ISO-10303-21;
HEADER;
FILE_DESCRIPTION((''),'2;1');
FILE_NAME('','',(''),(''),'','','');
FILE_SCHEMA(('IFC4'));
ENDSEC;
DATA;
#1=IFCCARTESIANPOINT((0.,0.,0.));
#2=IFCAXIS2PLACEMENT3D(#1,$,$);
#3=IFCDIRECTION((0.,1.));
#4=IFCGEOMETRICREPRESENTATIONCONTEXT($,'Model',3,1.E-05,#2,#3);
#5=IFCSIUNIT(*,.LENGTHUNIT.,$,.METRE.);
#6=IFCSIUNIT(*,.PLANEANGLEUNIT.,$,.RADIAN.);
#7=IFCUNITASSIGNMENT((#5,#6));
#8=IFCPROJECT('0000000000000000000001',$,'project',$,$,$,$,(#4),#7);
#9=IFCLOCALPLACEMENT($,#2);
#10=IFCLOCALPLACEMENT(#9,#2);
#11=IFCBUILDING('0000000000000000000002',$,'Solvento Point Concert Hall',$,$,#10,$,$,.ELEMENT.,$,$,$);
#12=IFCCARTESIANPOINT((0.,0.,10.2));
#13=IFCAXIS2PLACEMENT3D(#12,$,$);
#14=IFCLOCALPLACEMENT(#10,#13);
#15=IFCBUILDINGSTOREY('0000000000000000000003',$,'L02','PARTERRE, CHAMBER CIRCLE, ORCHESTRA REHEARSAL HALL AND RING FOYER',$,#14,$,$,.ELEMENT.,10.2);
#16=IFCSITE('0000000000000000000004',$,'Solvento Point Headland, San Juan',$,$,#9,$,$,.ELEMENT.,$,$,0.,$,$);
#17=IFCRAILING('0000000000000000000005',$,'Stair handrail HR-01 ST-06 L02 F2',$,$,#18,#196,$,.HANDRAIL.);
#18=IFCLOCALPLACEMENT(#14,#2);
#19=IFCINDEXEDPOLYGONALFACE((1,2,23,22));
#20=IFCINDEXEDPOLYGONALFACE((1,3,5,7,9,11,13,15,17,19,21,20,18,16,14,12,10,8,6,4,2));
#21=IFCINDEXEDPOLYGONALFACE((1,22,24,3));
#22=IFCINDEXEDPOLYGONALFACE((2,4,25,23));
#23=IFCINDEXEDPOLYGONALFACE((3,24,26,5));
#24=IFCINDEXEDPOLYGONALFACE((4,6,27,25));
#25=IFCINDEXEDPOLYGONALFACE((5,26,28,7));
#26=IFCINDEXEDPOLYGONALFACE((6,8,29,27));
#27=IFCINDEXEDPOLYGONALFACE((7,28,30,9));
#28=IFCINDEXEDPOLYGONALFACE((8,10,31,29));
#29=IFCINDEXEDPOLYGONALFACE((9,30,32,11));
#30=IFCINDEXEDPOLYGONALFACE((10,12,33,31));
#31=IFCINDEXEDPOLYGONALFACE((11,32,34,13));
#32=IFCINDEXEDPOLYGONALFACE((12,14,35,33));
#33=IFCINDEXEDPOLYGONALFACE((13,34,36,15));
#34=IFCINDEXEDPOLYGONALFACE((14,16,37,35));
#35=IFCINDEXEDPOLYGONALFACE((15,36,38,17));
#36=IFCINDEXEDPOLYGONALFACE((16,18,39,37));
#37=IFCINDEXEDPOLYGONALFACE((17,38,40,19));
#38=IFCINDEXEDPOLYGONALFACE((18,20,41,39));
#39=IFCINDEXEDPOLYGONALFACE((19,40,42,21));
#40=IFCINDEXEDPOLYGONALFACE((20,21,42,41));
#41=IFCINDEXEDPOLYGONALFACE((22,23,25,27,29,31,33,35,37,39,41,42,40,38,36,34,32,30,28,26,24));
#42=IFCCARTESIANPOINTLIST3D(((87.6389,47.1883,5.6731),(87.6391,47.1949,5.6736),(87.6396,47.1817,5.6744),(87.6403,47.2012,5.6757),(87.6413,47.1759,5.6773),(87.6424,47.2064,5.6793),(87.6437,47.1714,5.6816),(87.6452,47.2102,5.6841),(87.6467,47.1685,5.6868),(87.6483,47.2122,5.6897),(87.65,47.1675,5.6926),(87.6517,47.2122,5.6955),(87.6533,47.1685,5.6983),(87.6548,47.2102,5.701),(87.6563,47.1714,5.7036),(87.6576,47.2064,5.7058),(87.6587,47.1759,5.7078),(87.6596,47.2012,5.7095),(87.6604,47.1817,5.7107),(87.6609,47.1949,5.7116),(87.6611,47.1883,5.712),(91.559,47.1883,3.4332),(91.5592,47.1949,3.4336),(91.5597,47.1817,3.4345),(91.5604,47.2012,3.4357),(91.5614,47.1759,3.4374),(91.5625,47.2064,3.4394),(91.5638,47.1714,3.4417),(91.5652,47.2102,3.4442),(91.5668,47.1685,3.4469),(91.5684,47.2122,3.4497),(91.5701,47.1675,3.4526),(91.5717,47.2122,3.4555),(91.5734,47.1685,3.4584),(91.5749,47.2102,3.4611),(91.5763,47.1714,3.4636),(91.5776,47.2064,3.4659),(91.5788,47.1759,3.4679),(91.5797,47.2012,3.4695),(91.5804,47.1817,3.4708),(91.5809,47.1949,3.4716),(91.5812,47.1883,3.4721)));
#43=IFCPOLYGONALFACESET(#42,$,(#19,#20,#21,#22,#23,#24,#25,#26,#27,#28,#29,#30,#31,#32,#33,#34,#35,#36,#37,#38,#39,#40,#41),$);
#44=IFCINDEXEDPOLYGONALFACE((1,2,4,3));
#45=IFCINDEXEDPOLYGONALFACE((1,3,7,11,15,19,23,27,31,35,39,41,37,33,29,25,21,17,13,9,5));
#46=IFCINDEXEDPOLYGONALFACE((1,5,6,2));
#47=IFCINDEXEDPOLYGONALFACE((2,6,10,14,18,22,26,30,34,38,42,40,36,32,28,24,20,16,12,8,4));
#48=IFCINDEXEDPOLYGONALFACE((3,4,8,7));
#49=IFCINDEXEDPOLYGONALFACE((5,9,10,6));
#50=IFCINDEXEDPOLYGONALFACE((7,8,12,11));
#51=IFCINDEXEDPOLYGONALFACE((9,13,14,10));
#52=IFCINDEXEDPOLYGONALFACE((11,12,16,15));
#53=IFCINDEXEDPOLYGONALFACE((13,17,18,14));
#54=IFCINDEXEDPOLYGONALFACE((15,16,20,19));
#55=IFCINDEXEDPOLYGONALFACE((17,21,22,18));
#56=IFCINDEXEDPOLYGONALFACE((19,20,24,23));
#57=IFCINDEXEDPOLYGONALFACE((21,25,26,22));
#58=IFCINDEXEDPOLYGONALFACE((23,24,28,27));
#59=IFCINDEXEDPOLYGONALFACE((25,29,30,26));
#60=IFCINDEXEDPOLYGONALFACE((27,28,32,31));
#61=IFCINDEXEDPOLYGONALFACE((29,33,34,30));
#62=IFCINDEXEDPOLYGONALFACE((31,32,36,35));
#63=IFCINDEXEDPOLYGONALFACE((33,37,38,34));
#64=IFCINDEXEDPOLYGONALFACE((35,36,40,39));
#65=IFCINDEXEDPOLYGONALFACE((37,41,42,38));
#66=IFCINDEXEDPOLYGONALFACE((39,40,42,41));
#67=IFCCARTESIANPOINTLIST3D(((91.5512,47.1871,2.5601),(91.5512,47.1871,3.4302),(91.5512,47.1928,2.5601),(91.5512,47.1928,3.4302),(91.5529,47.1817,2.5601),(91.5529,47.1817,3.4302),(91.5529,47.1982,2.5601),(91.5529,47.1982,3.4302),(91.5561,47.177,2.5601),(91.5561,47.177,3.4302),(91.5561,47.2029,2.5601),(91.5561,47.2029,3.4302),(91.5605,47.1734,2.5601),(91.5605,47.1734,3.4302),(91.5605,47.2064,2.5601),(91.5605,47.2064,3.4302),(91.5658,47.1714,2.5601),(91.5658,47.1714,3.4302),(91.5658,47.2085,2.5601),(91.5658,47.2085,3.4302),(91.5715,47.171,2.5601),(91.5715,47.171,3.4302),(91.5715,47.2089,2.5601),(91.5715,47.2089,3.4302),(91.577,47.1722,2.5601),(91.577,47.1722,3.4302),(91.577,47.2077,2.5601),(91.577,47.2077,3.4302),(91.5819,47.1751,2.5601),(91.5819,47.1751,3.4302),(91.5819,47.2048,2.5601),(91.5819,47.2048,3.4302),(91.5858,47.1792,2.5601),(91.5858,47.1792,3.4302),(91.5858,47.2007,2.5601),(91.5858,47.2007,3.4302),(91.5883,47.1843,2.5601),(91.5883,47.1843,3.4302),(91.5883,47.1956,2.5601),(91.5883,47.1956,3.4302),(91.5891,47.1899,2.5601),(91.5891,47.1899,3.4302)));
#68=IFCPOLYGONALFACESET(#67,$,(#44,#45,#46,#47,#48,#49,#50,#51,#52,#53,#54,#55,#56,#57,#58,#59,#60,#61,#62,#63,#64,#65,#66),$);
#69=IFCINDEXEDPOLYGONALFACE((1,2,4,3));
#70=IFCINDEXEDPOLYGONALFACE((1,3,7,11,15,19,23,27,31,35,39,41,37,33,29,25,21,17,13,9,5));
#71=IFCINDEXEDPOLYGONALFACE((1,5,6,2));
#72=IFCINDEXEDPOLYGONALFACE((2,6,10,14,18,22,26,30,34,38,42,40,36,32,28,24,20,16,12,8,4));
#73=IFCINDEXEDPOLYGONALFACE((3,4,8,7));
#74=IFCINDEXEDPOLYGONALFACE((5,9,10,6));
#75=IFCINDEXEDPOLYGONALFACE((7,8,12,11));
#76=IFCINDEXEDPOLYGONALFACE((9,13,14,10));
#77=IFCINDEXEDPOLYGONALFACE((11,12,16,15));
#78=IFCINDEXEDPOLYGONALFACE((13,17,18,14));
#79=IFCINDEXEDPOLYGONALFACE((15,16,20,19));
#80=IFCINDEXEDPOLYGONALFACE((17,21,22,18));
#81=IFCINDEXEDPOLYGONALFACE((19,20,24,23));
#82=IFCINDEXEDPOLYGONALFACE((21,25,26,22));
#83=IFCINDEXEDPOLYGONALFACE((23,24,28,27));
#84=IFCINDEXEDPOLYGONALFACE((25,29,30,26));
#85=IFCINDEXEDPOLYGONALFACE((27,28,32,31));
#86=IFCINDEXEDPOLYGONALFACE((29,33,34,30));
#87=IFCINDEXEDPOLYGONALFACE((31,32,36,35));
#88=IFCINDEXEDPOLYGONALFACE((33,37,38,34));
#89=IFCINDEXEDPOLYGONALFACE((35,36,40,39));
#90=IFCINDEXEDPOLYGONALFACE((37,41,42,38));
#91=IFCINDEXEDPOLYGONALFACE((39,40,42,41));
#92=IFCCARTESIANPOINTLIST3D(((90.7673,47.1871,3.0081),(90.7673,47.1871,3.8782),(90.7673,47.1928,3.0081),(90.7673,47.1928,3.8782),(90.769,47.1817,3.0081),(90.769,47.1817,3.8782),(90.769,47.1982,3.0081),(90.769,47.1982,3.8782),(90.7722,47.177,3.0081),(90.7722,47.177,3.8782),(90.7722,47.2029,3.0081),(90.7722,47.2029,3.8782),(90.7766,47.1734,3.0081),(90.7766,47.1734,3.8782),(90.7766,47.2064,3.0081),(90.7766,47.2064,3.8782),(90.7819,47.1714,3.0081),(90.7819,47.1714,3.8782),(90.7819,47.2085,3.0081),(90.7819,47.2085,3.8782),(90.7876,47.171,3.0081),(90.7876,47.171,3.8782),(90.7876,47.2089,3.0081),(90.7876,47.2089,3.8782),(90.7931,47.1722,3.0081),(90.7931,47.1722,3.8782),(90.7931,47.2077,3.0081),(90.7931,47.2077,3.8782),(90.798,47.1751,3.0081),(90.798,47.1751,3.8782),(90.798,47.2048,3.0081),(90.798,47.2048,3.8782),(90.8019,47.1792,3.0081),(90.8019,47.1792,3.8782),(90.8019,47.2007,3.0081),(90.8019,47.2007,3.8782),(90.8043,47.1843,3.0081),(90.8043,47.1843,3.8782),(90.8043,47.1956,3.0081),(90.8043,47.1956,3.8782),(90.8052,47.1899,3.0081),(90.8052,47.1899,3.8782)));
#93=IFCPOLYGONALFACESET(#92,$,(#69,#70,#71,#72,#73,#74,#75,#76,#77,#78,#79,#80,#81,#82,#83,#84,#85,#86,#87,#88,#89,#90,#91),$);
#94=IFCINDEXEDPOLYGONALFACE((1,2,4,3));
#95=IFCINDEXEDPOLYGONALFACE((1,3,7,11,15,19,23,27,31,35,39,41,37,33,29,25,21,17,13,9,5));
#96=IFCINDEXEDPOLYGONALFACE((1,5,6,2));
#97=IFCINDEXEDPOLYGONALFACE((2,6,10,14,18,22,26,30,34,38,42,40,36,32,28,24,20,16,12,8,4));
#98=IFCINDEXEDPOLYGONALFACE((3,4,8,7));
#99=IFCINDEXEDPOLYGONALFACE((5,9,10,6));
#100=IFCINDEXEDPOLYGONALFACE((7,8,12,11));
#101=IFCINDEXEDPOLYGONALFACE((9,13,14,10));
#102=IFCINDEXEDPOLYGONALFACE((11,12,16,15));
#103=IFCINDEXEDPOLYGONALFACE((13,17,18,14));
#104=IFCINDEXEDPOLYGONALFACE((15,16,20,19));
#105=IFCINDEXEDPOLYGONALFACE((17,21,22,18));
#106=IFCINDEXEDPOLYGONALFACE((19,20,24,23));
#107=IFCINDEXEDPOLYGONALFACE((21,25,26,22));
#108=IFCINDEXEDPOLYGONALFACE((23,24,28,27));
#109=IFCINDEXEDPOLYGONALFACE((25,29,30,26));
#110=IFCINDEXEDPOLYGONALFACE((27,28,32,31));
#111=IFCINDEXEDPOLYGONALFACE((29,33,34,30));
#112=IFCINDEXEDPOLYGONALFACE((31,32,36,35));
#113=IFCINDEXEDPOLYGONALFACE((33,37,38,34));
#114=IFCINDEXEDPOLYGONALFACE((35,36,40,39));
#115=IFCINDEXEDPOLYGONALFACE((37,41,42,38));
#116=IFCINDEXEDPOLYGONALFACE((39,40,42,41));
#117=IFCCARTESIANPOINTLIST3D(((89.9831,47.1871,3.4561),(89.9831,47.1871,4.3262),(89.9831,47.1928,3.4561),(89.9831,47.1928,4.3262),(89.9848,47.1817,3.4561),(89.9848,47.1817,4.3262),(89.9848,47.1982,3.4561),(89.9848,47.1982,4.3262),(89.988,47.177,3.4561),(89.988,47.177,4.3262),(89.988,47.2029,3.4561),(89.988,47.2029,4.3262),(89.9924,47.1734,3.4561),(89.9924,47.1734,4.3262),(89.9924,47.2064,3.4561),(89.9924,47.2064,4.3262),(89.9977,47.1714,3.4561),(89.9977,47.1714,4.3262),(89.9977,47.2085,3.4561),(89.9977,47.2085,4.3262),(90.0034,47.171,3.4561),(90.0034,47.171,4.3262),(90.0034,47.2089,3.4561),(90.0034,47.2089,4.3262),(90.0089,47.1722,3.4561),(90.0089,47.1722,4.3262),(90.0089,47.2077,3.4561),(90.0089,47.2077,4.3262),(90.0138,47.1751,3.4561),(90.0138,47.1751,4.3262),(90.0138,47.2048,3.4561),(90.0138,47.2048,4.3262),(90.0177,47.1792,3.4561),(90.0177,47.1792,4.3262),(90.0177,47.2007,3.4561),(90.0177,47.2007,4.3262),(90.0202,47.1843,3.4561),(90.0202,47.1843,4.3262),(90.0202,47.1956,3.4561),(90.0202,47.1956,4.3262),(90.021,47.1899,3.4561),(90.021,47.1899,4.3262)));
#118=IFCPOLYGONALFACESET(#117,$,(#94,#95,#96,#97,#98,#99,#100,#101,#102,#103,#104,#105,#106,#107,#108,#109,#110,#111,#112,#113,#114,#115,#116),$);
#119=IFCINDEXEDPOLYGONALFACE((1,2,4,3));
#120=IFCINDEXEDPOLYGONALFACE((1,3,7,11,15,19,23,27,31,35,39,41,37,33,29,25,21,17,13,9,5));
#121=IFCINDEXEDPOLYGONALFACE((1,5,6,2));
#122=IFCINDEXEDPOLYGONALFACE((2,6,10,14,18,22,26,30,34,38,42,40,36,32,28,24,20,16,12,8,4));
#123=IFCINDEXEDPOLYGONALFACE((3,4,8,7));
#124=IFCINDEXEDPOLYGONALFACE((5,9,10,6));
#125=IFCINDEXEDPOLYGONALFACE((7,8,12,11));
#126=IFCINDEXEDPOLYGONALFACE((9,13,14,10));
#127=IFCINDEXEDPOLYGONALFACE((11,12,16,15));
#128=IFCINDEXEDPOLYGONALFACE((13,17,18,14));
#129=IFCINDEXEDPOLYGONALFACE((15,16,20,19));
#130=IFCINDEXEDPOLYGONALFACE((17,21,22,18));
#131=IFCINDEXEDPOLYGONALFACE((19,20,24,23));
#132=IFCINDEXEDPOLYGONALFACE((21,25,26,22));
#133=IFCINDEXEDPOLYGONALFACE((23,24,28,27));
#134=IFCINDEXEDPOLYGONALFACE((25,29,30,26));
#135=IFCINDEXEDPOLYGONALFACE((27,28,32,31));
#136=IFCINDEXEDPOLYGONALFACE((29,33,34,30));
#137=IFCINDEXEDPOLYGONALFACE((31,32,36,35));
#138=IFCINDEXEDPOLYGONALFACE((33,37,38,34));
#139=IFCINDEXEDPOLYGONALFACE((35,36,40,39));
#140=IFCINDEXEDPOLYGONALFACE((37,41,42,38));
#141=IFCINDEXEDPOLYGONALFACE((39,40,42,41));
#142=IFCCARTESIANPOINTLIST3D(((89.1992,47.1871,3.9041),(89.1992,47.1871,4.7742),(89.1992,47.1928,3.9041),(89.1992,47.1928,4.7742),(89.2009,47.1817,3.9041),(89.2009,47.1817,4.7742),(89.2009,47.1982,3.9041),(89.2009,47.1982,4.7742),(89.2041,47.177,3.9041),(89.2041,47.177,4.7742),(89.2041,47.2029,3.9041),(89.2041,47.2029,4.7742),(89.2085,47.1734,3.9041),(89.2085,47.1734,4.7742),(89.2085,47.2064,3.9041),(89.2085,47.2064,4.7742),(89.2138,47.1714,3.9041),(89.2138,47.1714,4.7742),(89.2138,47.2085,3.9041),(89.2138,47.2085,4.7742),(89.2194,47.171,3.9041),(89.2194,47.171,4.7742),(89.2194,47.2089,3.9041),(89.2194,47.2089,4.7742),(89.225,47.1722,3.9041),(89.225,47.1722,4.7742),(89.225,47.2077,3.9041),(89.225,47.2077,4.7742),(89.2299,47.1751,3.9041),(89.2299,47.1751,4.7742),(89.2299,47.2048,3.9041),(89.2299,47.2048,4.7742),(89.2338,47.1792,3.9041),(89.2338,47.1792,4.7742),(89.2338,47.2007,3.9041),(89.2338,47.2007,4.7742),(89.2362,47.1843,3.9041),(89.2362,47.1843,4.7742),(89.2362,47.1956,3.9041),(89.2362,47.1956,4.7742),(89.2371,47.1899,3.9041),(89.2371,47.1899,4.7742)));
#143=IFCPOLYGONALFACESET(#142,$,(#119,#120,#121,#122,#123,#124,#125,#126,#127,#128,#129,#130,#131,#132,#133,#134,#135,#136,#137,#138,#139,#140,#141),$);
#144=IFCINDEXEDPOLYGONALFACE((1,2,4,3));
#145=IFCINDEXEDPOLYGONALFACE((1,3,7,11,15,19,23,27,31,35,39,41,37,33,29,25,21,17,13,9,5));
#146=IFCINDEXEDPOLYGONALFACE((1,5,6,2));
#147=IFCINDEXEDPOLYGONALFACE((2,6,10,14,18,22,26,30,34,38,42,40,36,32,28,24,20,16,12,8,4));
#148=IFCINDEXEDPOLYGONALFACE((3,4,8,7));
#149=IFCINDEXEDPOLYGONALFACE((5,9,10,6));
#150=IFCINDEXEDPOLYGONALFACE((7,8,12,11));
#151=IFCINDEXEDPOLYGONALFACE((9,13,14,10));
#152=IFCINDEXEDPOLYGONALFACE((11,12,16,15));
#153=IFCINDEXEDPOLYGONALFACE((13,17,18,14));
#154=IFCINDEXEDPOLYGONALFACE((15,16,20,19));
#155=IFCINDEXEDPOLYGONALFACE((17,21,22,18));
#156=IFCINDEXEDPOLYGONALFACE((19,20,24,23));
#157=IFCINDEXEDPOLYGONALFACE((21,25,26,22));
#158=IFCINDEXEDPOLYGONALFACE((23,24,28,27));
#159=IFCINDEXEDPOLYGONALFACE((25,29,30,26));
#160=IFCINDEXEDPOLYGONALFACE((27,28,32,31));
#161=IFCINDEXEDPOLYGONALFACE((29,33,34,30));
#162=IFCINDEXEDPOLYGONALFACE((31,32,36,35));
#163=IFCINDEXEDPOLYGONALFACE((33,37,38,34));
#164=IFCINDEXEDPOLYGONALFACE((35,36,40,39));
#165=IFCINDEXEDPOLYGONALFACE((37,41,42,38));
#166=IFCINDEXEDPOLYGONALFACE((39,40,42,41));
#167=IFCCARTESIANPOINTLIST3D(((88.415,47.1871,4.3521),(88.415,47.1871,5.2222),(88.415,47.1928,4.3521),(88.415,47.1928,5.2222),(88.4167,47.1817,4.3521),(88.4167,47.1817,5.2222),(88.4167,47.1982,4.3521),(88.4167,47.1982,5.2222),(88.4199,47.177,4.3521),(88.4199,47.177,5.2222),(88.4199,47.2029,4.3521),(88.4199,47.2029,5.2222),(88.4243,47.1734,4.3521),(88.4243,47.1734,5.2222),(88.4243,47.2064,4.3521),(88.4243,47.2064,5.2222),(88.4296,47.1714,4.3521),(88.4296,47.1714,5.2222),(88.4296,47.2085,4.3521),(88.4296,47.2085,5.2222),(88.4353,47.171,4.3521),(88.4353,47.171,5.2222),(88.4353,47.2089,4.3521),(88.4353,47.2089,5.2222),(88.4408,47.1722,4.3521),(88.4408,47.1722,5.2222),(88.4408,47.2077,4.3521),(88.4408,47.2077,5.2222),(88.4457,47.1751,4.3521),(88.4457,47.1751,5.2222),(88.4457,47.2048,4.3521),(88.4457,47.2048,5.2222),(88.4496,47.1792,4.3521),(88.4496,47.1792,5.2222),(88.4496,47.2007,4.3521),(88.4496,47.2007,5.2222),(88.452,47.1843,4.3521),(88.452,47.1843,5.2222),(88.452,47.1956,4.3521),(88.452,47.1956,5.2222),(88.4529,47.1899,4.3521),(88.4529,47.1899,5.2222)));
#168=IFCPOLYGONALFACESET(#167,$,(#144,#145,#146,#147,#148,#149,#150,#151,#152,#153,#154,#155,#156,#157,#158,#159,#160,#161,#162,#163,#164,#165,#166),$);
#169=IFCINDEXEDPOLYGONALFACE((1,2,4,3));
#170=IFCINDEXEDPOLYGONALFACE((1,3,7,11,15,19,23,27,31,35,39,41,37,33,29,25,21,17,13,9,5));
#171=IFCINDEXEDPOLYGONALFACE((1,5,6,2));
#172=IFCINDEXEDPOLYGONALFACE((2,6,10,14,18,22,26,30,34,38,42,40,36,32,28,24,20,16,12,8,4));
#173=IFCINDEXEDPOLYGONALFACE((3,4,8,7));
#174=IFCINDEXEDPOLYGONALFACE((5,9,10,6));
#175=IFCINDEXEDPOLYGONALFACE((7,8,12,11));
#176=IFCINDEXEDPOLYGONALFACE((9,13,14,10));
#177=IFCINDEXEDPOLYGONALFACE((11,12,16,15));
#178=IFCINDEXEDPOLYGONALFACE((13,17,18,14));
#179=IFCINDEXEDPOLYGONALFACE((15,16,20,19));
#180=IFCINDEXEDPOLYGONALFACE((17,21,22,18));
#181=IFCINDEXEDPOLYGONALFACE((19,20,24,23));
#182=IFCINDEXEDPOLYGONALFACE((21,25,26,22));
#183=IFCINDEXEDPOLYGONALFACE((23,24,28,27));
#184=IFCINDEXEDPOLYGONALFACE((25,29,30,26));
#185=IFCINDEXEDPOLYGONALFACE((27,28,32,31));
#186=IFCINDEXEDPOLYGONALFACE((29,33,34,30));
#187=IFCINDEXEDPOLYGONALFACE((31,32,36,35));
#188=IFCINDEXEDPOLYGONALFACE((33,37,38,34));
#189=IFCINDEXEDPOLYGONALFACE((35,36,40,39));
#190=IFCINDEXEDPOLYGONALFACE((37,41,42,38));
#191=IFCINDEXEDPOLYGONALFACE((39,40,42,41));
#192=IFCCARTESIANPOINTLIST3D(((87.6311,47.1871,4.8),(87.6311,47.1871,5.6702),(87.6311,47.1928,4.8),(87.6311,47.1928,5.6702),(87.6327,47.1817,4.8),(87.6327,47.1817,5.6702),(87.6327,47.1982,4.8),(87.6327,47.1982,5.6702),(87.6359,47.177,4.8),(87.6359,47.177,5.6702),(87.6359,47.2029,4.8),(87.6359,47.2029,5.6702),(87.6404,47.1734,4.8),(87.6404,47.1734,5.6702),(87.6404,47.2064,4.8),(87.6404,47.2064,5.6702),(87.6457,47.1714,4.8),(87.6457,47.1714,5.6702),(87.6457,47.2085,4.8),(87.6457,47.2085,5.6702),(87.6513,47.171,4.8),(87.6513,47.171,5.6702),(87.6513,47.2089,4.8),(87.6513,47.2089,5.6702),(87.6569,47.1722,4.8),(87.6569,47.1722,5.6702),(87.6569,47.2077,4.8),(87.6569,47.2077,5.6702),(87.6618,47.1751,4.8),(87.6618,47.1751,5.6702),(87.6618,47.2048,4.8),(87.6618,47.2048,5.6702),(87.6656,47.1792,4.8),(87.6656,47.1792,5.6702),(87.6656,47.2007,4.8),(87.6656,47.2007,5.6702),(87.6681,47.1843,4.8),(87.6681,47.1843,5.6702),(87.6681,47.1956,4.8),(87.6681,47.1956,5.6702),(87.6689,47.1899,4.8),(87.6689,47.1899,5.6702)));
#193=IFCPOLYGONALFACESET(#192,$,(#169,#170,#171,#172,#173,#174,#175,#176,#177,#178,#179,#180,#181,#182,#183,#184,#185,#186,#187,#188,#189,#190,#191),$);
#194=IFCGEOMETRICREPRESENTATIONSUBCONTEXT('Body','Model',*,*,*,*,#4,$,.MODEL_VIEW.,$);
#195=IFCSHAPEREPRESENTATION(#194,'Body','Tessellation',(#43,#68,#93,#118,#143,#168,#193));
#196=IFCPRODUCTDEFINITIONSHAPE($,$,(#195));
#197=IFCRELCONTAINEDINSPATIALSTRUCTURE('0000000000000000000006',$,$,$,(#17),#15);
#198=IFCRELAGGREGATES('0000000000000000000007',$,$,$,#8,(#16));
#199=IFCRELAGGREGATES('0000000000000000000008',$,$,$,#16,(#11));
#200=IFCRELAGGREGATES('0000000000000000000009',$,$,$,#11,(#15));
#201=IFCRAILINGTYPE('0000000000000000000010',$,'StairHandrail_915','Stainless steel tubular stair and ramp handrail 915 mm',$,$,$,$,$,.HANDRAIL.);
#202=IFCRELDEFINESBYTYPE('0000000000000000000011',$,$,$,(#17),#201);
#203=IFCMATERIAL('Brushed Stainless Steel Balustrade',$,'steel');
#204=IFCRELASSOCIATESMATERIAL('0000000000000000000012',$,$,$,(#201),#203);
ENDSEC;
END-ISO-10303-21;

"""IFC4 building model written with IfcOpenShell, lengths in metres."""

from ifc_helpers import new_model, si_unit, direction, frame, origin, origin_2d, place, context, subcontext, project, spatial, circle, extrude, material, type_object, element, save


model = new_model("IFC4")

# Units and contexts
model_context = context("Model", 3, precision=1e-05, world=origin(), true_north=direction((0.0, 1.0)))
body_context = subcontext(model_context, "Body", "Model", "MODEL_VIEW")
ifc_project = project(units=[si_unit("LENGTHUNIT", "METRE"), si_unit("PLANEANGLEUNIT", "RADIAN")], contexts=[model_context])

# Site, building, storey
site_placement = place(None, origin())
site = spatial("IfcSite", under=ifc_project, at=site_placement, Name="Solvento Point Headland, San Juan", CompositionType="ELEMENT", RefElevation=0.0)
building_placement = place(site_placement, origin())
building = spatial("IfcBuilding", under=site, at=building_placement, Name="Solvento Point Concert Hall", CompositionType="ELEMENT")
storey_placement = place(building_placement, frame((0.0, 0.0, 10.2)))
storey = spatial("IfcBuildingStorey", under=building, at=storey_placement, Name="L02", Description="PARTERRE, CHAMBER CIRCLE, ORCHESTRA REHEARSAL HALL AND RING FOYER", CompositionType="ELEMENT", Elevation=10.2)

# Railing
ifc_material_1 = material(Name="Brushed Stainless Steel Balustrade", Category="steel")
railing_type_1 = type_object("IfcRailingType", Name="StairHandrail_915", Description="Stainless steel tubular stair and ramp handrail 915 mm", PredefinedType="HANDRAIL", material=ifc_material_1)
railing_1_placement = place(storey_placement, frame((91.5701, 47.1899, 2.5601)))
element("IfcRailing", 1, at=railing_1_placement, inside=storey, type_object=railing_type_1, Name="Stair handrail HR-01 ST-06 L02 F2", PredefinedType="HANDRAIL", context=body_context, shape_type="SweptSolid", body=[
    extrude(circle(Radius=0.0225, at=origin_2d()), frame((0.0, 0.0, 0.8926), z_axis=(-0.868253, 0.0, 0.496121), x_axis=(0.0, -1.0, 0.0)), (0.0, 0.0, 1.0), 4.5149),
    extrude(circle(Radius=0.019, at=origin_2d()), origin(), (0.0, 0.0, 1.0), 0.8701),
    extrude(circle(Radius=0.019, at=origin_2d()), frame((-0.7839, 0.0, 0.448)), (0.0, 0.0, 1.0), 0.8701),
    extrude(circle(Radius=0.019, at=origin_2d()), frame((-1.5681, 0.0, 0.896)), (0.0, 0.0, 1.0), 0.8701),
    extrude(circle(Radius=0.019, at=origin_2d()), frame((-2.3521, 0.0, 1.344)), (0.0, 0.0, 1.0), 0.8701),
    extrude(circle(Radius=0.019, at=origin_2d()), frame((-3.1362, 0.0, 1.792)), (0.0, 0.0, 1.0), 0.8701),
    extrude(circle(Radius=0.019, at=origin_2d()), frame((-3.9202, 0.0, 2.24)), (0.0, 0.0, 1.0), 0.8701),
])

save(model, "model.ifc")
